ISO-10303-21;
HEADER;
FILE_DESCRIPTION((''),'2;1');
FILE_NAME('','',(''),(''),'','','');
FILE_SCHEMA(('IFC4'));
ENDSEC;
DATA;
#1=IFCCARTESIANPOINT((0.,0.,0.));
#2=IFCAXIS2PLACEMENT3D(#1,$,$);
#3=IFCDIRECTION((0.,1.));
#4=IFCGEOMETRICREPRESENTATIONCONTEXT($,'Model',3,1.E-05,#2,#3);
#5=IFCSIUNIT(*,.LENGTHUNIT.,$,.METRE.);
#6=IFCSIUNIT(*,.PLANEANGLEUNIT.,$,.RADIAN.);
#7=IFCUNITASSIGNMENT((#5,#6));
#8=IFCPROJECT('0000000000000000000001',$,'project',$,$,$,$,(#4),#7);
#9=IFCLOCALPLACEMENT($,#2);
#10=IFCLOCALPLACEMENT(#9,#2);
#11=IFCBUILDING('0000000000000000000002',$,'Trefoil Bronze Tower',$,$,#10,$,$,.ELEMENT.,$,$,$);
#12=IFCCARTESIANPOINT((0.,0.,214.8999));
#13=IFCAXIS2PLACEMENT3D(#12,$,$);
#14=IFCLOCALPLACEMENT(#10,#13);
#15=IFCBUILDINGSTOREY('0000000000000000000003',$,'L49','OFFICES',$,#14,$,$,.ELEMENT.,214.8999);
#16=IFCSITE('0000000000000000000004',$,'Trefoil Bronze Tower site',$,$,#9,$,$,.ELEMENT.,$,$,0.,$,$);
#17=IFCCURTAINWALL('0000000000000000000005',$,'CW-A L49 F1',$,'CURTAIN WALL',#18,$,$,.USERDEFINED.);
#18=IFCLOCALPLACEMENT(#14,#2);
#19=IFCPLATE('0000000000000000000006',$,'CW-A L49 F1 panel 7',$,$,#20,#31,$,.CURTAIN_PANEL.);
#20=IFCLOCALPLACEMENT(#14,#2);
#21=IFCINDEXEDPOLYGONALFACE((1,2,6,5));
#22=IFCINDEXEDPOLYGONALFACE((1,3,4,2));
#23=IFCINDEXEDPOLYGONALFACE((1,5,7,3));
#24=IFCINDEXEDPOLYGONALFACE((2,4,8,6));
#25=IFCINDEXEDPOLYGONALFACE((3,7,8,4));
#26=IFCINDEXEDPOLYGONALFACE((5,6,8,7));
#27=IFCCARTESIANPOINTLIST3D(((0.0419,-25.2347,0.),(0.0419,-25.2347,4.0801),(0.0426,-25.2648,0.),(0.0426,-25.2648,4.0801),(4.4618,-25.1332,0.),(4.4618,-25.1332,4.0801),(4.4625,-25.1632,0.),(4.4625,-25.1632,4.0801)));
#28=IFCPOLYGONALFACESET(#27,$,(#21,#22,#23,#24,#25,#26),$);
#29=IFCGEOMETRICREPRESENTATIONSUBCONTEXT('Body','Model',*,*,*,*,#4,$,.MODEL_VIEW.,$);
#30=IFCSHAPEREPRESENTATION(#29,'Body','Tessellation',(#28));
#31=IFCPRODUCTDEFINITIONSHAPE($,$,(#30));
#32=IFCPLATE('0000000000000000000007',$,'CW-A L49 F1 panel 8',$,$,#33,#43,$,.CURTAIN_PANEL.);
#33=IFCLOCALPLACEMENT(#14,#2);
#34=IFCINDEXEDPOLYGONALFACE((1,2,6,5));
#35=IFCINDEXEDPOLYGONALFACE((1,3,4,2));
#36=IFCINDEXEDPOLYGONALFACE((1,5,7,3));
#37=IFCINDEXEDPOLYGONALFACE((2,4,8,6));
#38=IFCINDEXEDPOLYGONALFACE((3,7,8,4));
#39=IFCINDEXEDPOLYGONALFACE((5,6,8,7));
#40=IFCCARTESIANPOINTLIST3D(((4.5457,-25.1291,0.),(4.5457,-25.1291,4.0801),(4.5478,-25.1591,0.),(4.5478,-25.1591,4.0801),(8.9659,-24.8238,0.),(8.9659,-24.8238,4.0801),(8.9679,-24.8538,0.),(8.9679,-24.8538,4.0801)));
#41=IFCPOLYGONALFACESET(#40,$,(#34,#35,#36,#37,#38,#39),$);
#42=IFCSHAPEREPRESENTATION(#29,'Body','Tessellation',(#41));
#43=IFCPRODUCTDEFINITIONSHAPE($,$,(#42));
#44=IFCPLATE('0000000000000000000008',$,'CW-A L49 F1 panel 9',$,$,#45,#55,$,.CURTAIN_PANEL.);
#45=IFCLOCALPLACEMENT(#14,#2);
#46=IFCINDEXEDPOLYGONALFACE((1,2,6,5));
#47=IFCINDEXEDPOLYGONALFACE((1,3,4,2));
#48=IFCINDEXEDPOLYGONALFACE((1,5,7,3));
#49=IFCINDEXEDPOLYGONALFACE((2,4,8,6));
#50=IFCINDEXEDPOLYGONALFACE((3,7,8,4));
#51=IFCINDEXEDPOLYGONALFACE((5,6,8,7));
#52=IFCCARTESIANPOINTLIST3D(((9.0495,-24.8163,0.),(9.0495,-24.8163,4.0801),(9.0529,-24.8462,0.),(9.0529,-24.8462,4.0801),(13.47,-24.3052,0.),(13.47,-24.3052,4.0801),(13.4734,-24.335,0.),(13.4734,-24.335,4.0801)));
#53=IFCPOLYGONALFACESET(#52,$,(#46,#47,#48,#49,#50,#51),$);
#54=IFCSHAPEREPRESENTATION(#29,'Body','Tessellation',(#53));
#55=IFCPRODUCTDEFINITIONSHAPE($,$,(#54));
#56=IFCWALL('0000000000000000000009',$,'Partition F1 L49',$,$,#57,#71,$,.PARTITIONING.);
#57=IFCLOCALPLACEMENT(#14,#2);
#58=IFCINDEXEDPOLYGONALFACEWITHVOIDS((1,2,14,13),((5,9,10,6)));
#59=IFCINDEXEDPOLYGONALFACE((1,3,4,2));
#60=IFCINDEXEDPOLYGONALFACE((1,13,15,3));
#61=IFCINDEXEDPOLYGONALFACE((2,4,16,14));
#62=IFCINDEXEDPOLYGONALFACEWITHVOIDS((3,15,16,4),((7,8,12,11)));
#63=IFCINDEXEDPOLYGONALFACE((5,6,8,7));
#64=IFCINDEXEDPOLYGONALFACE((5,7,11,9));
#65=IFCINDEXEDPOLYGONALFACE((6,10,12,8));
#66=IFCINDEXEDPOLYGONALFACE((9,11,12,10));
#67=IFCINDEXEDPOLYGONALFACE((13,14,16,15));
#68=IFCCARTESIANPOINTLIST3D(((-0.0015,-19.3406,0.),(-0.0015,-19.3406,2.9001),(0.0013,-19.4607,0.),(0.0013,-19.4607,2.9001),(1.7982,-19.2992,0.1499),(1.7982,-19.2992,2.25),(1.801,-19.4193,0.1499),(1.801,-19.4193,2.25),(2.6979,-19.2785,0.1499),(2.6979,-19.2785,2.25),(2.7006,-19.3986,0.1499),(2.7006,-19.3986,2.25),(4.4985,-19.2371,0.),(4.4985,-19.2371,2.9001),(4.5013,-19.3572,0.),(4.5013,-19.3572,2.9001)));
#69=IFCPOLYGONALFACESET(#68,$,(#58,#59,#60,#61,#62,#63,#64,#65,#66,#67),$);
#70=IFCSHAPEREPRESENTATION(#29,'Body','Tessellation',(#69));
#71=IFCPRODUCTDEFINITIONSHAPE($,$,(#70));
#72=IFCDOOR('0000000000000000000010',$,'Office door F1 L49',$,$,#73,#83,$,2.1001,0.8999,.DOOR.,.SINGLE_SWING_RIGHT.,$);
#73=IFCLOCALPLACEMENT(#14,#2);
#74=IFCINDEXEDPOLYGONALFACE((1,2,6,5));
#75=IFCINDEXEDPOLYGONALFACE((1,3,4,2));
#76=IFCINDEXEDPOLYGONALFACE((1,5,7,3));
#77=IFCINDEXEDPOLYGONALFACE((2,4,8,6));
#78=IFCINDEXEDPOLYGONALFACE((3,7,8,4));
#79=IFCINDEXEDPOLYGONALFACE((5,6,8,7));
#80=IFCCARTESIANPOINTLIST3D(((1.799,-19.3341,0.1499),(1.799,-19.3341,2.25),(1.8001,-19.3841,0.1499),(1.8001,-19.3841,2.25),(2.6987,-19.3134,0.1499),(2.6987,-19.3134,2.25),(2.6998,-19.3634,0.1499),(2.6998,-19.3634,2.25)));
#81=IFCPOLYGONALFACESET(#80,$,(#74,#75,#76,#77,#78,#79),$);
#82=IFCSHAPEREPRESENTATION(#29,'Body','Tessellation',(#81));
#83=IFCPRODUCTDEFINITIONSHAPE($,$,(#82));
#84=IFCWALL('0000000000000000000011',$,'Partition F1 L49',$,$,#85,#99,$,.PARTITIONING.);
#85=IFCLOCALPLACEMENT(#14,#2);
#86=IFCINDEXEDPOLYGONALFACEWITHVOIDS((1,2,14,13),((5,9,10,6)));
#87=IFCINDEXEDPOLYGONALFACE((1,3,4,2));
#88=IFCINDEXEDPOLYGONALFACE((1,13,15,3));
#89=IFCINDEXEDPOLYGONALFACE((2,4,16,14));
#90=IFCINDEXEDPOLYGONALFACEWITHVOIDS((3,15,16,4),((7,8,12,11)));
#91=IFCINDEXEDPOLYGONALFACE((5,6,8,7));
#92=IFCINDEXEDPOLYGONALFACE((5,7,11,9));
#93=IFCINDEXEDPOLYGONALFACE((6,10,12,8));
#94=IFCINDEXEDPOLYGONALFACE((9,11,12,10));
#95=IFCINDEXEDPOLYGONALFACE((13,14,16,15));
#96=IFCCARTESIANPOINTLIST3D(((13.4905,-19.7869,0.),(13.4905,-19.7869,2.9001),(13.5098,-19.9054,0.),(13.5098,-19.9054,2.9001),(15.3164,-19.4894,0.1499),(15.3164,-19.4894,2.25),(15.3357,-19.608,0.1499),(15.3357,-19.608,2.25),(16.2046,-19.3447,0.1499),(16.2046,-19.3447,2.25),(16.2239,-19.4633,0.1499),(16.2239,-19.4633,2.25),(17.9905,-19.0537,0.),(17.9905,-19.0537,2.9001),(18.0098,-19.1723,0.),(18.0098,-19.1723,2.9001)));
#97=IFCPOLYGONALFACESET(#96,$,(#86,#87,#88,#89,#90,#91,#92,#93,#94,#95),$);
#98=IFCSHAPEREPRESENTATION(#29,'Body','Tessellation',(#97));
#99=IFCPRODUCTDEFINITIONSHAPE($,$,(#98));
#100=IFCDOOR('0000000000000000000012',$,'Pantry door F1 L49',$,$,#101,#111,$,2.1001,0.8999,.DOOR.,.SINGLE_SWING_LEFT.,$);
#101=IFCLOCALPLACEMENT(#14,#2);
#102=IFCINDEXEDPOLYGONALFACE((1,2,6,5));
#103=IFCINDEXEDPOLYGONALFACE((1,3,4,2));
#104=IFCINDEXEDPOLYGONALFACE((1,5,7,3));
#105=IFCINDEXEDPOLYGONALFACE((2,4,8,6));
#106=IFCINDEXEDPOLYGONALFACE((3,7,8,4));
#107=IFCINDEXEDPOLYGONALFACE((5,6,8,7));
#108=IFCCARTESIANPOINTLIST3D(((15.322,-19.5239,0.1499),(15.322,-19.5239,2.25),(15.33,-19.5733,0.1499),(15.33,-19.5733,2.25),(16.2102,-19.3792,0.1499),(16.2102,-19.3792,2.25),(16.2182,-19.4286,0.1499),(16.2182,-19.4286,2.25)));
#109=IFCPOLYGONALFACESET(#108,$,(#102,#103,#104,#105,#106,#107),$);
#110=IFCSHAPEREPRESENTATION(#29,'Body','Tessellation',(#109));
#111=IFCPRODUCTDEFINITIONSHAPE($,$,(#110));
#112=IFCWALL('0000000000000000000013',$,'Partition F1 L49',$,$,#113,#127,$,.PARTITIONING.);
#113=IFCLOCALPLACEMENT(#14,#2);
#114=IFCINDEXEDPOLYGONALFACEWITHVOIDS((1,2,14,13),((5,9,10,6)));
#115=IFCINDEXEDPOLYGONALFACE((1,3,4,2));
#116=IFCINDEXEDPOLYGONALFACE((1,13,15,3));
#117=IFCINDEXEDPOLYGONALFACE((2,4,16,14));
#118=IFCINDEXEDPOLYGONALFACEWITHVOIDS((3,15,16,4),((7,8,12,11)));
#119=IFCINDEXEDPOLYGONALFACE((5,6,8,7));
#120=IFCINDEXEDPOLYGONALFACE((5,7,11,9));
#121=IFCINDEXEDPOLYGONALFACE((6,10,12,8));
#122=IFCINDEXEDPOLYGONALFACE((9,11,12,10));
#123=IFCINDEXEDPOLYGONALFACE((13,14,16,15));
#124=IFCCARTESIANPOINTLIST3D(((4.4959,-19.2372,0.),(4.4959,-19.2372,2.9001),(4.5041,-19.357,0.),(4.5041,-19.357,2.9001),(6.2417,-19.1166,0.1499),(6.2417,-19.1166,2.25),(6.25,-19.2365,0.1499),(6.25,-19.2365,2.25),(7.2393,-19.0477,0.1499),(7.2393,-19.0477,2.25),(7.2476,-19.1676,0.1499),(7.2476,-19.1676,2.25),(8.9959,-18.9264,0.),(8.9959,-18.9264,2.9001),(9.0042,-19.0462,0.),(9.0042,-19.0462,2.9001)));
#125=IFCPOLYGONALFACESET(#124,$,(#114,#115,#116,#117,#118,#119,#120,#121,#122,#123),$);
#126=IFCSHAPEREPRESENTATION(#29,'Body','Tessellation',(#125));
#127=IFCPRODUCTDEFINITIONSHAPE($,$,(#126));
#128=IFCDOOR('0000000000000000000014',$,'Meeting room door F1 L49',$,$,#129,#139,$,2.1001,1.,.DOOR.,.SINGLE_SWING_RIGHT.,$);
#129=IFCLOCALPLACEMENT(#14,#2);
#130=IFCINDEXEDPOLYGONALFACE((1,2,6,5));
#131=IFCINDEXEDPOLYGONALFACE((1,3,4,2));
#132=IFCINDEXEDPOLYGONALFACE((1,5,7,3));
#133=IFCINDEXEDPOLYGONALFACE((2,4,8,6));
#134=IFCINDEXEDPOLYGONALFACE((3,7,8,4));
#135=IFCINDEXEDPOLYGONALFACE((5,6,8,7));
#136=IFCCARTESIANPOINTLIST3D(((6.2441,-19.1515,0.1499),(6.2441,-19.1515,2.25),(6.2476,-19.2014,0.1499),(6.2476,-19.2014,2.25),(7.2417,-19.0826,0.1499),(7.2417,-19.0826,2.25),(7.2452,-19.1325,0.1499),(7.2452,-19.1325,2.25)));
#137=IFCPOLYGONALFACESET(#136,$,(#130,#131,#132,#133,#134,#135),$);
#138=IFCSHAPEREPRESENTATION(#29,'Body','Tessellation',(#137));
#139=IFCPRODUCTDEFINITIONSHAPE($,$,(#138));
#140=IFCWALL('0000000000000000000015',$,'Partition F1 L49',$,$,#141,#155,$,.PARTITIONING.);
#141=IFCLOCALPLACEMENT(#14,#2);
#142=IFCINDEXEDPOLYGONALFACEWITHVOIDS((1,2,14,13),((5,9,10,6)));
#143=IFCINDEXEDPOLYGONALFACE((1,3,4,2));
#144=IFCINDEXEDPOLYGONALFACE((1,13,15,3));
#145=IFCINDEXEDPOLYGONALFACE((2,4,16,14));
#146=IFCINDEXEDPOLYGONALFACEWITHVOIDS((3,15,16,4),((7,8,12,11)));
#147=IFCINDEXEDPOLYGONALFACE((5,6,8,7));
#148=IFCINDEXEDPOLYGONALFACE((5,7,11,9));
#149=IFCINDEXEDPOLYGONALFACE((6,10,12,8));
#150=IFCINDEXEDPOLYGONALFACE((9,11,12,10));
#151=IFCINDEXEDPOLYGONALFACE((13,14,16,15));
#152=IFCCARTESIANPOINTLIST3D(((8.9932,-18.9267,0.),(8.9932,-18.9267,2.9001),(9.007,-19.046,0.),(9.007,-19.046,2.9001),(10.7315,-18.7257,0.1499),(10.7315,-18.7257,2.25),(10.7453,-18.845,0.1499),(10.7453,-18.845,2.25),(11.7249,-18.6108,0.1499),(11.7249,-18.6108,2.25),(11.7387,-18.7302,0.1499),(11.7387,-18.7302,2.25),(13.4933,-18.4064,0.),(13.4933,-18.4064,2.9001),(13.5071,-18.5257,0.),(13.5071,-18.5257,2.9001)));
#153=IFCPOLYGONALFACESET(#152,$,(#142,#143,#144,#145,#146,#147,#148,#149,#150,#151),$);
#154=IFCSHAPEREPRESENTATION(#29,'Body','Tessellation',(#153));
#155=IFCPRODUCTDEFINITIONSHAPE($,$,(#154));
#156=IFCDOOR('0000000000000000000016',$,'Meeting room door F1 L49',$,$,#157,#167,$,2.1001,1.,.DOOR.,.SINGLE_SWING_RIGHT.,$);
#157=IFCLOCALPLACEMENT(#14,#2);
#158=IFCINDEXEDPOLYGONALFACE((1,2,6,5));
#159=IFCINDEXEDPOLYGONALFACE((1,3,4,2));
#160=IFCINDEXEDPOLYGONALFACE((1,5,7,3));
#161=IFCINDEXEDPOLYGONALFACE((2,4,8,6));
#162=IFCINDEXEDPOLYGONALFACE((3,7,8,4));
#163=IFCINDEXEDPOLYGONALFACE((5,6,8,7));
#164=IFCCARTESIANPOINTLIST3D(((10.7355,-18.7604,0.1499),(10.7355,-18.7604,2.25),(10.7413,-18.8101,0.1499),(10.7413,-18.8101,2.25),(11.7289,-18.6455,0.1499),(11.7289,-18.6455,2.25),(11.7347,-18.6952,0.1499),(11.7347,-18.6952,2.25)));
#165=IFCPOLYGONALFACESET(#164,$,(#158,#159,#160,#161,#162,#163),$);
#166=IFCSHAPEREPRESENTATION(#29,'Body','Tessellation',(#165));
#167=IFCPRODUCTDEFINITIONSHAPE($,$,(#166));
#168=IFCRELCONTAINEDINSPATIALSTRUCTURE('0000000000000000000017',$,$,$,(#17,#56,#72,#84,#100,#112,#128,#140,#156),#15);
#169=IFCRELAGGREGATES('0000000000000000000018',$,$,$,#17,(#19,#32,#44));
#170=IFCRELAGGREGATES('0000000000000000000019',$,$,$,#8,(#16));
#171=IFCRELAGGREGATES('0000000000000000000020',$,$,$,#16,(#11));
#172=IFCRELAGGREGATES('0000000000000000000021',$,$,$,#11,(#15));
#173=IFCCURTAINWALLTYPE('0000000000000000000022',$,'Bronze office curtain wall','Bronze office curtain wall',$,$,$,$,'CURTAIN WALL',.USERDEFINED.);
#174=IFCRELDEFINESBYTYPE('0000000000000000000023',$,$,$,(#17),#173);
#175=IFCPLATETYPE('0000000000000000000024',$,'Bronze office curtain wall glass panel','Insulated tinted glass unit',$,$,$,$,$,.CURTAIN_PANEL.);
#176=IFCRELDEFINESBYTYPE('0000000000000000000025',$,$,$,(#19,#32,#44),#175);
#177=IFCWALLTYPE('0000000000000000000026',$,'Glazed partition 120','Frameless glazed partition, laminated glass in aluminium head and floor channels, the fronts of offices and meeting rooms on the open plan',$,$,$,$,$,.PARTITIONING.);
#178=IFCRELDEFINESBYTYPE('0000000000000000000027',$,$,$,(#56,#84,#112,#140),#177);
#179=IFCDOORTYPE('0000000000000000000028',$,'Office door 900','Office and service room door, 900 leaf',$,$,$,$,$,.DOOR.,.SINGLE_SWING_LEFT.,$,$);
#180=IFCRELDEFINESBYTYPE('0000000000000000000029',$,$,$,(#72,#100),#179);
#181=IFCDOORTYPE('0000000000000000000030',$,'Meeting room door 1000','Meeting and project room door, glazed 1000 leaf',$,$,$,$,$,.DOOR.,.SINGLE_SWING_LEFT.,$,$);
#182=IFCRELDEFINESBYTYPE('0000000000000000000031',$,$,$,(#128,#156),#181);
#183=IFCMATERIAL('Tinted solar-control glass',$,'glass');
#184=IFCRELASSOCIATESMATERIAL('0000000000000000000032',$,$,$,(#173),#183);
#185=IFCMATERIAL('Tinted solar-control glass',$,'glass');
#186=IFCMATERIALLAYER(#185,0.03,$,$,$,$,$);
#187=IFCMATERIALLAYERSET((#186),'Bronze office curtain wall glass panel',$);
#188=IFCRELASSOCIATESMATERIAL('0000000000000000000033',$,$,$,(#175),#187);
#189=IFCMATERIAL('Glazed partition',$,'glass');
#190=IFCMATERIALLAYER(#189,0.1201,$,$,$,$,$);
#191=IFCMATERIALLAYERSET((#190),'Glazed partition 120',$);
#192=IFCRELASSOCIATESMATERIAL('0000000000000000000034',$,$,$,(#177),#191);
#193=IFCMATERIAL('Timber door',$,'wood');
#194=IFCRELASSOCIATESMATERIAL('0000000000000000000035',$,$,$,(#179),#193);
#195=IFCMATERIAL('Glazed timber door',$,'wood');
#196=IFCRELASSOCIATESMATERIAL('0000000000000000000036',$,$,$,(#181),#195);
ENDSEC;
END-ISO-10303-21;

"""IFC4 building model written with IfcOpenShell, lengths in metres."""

from ifc_helpers import new_model, si_unit, direction, frame, frame_2d, origin, origin_2d, place, context, subcontext, project, spatial, rectangle, extrude, material, layer, layer_set, type_object, element, fill, aggregate, save


model = new_model("IFC4")

# Units and contexts
model_context = context("Model", 3, precision=1e-05, world=origin(), true_north=direction((0.0, 1.0)))
body_context = subcontext(model_context, "Body", "Model", "MODEL_VIEW")
ifc_project = project(units=[si_unit("LENGTHUNIT", "METRE"), si_unit("PLANEANGLEUNIT", "RADIAN")], contexts=[model_context])

# Site, building, storey
site_placement = place(None, origin())
site = spatial("IfcSite", under=ifc_project, at=site_placement, Name="Trefoil Bronze Tower site", CompositionType="ELEMENT", RefElevation=0.0)
building_placement = place(site_placement, origin())
building = spatial("IfcBuilding", under=site, at=building_placement, Name="Trefoil Bronze Tower", CompositionType="ELEMENT")
storey_placement = place(building_placement, frame((0.0, 0.0, 214.8999)))
storey = spatial("IfcBuildingStorey", under=building, at=storey_placement, Name="L49", Description="OFFICES", CompositionType="ELEMENT", Elevation=214.8999)

# Curtain wall
ifc_material_1 = material(Name="Tinted solar-control glass", Category="glass")
curtain_wall_type = type_object("IfcCurtainWallType", Name="Bronze office curtain wall", Description="Bronze office curtain wall", ElementType="CURTAIN WALL", PredefinedType="USERDEFINED", material=ifc_material_1)
curtain_wall_placement = place(storey_placement, origin())
curtain_wall = element("IfcCurtainWall", 1, at=curtain_wall_placement, inside=storey, type_object=curtain_wall_type, Name="CW-A L49 F1", ObjectType="CURTAIN WALL", PredefinedType="USERDEFINED")

# Plates
ifc_material_2 = material(Name="Tinted solar-control glass", Category="glass")
ifc_layer_1 = layer(ifc_material_2, 0.03)
ifc_layer_set_1 = layer_set([ifc_layer_1], Name="Bronze office curtain wall glass panel")
plate_type = type_object("IfcPlateType", Name="Bronze office curtain wall glass panel", Description="Insulated tinted glass unit", PredefinedType="CURTAIN_PANEL", material=ifc_layer_set_1)
plate_1_placement = place(storey_placement, frame((2.2522, -25.199, 0.0), z_axis=(0.0, 0.0, 1.0), x_axis=(0.999736, 0.022972, 0.0)))
plate_1 = element("IfcPlate", 2, at=plate_1_placement, type_object=plate_type, Name="CW-A L49 F1 panel 7", PredefinedType="CURTAIN_PANEL", context=body_context, shape_type="SweptSolid", body=[
    extrude(rectangle(XDim=4.4211, YDim=0.03, at=origin_2d()), origin(), (0.0, 0.0, 1.0), 4.0801),
])
plate_2_placement = place(storey_placement, frame((6.7568, -24.9915, 0.0), z_axis=(0.0, 0.0, 1.0), x_axis=(0.997623, 0.068915, 0.0)))
plate_2 = element("IfcPlate", 3, at=plate_2_placement, type_object=plate_type, Name="CW-A L49 F1 panel 8", PredefinedType="CURTAIN_PANEL", context=body_context, shape_type="SweptSolid", body=[
    extrude(rectangle(XDim=4.4307, YDim=0.03, at=origin_2d()), origin(), (0.0, 0.0, 1.0), 4.0801),
])
plate_3_placement = place(storey_placement, frame((11.2615, -24.5757, 0.0), z_axis=(0.0, 0.0, 1.0), x_axis=(0.993382, 0.114859, 0.0)))
plate_3 = element("IfcPlate", 4, at=plate_3_placement, type_object=plate_type, Name="CW-A L49 F1 panel 9", PredefinedType="CURTAIN_PANEL", context=body_context, shape_type="SweptSolid", body=[
    extrude(rectangle(XDim=4.45, YDim=0.03, at=origin_2d()), origin(), (0.0, 0.0, 1.0), 4.0801),
])
aggregate(curtain_wall, [plate_1, plate_2, plate_3])

# Walls, openings, doors
ifc_material_3 = material(Name="Glazed partition", Category="glass")
ifc_layer_2 = layer(ifc_material_3, 0.1201)
ifc_layer_set_2 = layer_set([ifc_layer_2], Name="Glazed partition 120")
wall_type_1 = type_object("IfcWallType", Name="Glazed partition 120", Description="Frameless glazed partition, laminated glass in aluminium head and floor channels, the fronts of offices and meeting rooms on the open plan", PredefinedType="PARTITIONING", material=ifc_layer_set_2)
wall_1_placement = place(storey_placement, frame((0.0, -19.4006, 0.0), z_axis=(0.0, 0.0, 1.0), x_axis=(0.999736, 0.022997, 0.0)))
wall_1 = element("IfcWall", 5, at=wall_1_placement, inside=storey, type_object=wall_type_1, Name="Partition F1 L49", PredefinedType="PARTITIONING", context=body_context, shape_type="SweptSolid", body=[
    extrude(rectangle(XDim=4.5012, YDim=0.1201, at=frame_2d((2.2505, 0.0))), origin(), (0.0, 0.0, 1.0), 2.9001),
])
opening_1_placement = place(wall_1_placement, frame((1.8, 0.0, 0.1499)))
opening_1 = element("IfcOpeningElement", 6, at=opening_1_placement, cuts=wall_1, PredefinedType="OPENING", context=body_context, shape_type="SweptSolid", body=[
    extrude(rectangle(XDim=0.8999, YDim=2.1001, at=frame_2d((0.45, 1.05))), frame((0.0, 0.0701, 0.0), z_axis=(0.0, -1.0, 0.0), x_axis=(1.0, 0.0, 0.0)), (0.0, 0.0, 1.0), 0.1401),
])
ifc_material_4 = material(Name="Timber door", Category="wood")
door_type_1 = type_object("IfcDoorType", Name="Office door 900", Description="Office and service room door, 900 leaf", OperationType="SINGLE_SWING_LEFT", PredefinedType="DOOR", material=ifc_material_4)
door_1_placement = place(opening_1_placement, frame((0.8999, 0.0, 0.0), z_axis=(0.0, 0.0, 1.0), x_axis=(-1.0, 0.0, 0.0)))
door_1 = element("IfcDoor", 7, at=door_1_placement, inside=storey, type_object=door_type_1, Name="Office door F1 L49", OperationType="SINGLE_SWING_RIGHT", OverallHeight=2.1001, OverallWidth=0.8999, PredefinedType="DOOR", context=body_context, shape_type="SweptSolid", body=[
    extrude(rectangle(XDim=0.8999, YDim=2.1001, at=frame_2d((0.45, 1.05))), frame((0.0, 0.0249, 0.0), z_axis=(0.0, -1.0, 0.0), x_axis=(1.0, 0.0, 0.0)), (0.0, 0.0, 1.0), 0.05),
])
fill(opening_1, door_1)
wall_2_placement = place(storey_placement, frame((13.5, -19.8462, 0.0), z_axis=(0.0, 0.0, 1.0), x_axis=(0.986987, 0.160803, 0.0)))
wall_2 = element("IfcWall", 8, at=wall_2_placement, inside=storey, type_object=wall_type_1, Name="Partition F1 L49", PredefinedType="PARTITIONING", context=body_context, shape_type="SweptSolid", body=[
    extrude(rectangle(XDim=4.5593, YDim=0.1201, at=frame_2d((2.2798, 0.0))), origin(), (0.0, 0.0, 1.0), 2.9001),
])
opening_2_placement = place(wall_2_placement, frame((1.8501, 0.0, 0.1499)))
opening_2 = element("IfcOpeningElement", 9, at=opening_2_placement, cuts=wall_2, PredefinedType="OPENING", context=body_context, shape_type="SweptSolid", body=[
    extrude(rectangle(XDim=0.8999, YDim=2.1001, at=frame_2d((0.45, 1.05))), frame((0.0, 0.0701, 0.0), z_axis=(0.0, -1.0, 0.0), x_axis=(1.0, 0.0, 0.0)), (0.0, 0.0, 1.0), 0.1401),
])
door_2_placement = place(opening_2_placement, frame((0.8999, 0.0, 0.0), z_axis=(0.0, 0.0, 1.0), x_axis=(-1.0, 0.0, 0.0)))
door_2 = element("IfcDoor", 10, at=door_2_placement, inside=storey, type_object=door_type_1, Name="Pantry door F1 L49", OperationType="SINGLE_SWING_LEFT", OverallHeight=2.1001, OverallWidth=0.8999, PredefinedType="DOOR", context=body_context, shape_type="SweptSolid", body=[
    extrude(rectangle(XDim=0.8999, YDim=2.1001, at=frame_2d((0.45, 1.05))), frame((0.0, 0.0249, 0.0), z_axis=(0.0, -1.0, 0.0), x_axis=(1.0, 0.0, 0.0)), (0.0, 0.0, 1.0), 0.05),
])
fill(opening_2, door_2)
wall_3_placement = place(storey_placement, frame((4.5, -19.2971, 0.0), z_axis=(0.0, 0.0, 1.0), x_axis=(0.997624, 0.068901, 0.0)))
wall_3 = element("IfcWall", 11, at=wall_3_placement, inside=storey, type_object=wall_type_1, Name="Partition F1 L49", PredefinedType="PARTITIONING", context=body_context, shape_type="SweptSolid", body=[
    extrude(rectangle(XDim=4.5107, YDim=0.1201, at=frame_2d((2.2554, 0.0))), origin(), (0.0, 0.0, 1.0), 2.9001),
])
opening_3_placement = place(wall_3_placement, frame((1.75, 0.0, 0.1499)))
opening_3 = element("IfcOpeningElement", 12, at=opening_3_placement, cuts=wall_3, PredefinedType="OPENING", context=body_context, shape_type="SweptSolid", body=[
    extrude(rectangle(XDim=1.0, YDim=2.1001, at=frame_2d((0.5, 1.05))), frame((0.0, 0.0701, 0.0), z_axis=(0.0, -1.0, 0.0), x_axis=(1.0, 0.0, 0.0)), (0.0, 0.0, 1.0), 0.1401),
])
ifc_material_5 = material(Name="Glazed timber door", Category="wood")
door_type_2 = type_object("IfcDoorType", Name="Meeting room door 1000", Description="Meeting and project room door, glazed 1000 leaf", OperationType="SINGLE_SWING_LEFT", PredefinedType="DOOR", material=ifc_material_5)
door_3_placement = place(opening_3_placement, frame((1.0, 0.0, 0.0), z_axis=(0.0, 0.0, 1.0), x_axis=(-1.0, 0.0, 0.0)))
door_3 = element("IfcDoor", 13, at=door_3_placement, inside=storey, type_object=door_type_2, Name="Meeting room door F1 L49", OperationType="SINGLE_SWING_RIGHT", OverallHeight=2.1001, OverallWidth=1.0, PredefinedType="DOOR", context=body_context, shape_type="SweptSolid", body=[
    extrude(rectangle(XDim=1.0, YDim=2.1001, at=frame_2d((0.5, 1.05))), frame((0.0, 0.0249, 0.0), z_axis=(0.0, -1.0, 0.0), x_axis=(1.0, 0.0, 0.0)), (0.0, 0.0, 1.0), 0.05),
])
fill(opening_3, door_3)
wall_4_placement = place(storey_placement, frame((9.0, -18.9863, 0.0), z_axis=(0.0, 0.0, 1.0), x_axis=(0.993383, 0.114849, 0.0)))
wall_4 = element("IfcWall", 14, at=wall_4_placement, inside=storey, type_object=wall_type_1, Name="Partition F1 L49", PredefinedType="PARTITIONING", context=body_context, shape_type="SweptSolid", body=[
    extrude(rectangle(XDim=4.53, YDim=0.1201, at=frame_2d((2.2651, 0.0))), origin(), (0.0, 0.0, 1.0), 2.9001),
])
opening_4_placement = place(wall_4_placement, frame((1.75, 0.0, 0.1499)))
opening_4 = element("IfcOpeningElement", 15, at=opening_4_placement, cuts=wall_4, PredefinedType="OPENING", context=body_context, shape_type="SweptSolid", body=[
    extrude(rectangle(XDim=1.0, YDim=2.1001, at=frame_2d((0.5, 1.05))), frame((0.0, 0.0701, 0.0), z_axis=(0.0, -1.0, 0.0), x_axis=(1.0, 0.0, 0.0)), (0.0, 0.0, 1.0), 0.1401),
])
door_4_placement = place(opening_4_placement, frame((1.0, 0.0, 0.0), z_axis=(0.0, 0.0, 1.0), x_axis=(-1.0, 0.0, 0.0)))
door_4 = element("IfcDoor", 16, at=door_4_placement, inside=storey, type_object=door_type_2, Name="Meeting room door F1 L49", OperationType="SINGLE_SWING_RIGHT", OverallHeight=2.1001, OverallWidth=1.0, PredefinedType="DOOR", context=body_context, shape_type="SweptSolid", body=[
    extrude(rectangle(XDim=1.0, YDim=2.1001, at=frame_2d((0.5, 1.05))), frame((0.0, 0.0249, 0.0), z_axis=(0.0, -1.0, 0.0), x_axis=(1.0, 0.0, 0.0)), (0.0, 0.0, 1.0), 0.05),
])
fill(opening_4, door_4)

save(model, "model.ifc")
